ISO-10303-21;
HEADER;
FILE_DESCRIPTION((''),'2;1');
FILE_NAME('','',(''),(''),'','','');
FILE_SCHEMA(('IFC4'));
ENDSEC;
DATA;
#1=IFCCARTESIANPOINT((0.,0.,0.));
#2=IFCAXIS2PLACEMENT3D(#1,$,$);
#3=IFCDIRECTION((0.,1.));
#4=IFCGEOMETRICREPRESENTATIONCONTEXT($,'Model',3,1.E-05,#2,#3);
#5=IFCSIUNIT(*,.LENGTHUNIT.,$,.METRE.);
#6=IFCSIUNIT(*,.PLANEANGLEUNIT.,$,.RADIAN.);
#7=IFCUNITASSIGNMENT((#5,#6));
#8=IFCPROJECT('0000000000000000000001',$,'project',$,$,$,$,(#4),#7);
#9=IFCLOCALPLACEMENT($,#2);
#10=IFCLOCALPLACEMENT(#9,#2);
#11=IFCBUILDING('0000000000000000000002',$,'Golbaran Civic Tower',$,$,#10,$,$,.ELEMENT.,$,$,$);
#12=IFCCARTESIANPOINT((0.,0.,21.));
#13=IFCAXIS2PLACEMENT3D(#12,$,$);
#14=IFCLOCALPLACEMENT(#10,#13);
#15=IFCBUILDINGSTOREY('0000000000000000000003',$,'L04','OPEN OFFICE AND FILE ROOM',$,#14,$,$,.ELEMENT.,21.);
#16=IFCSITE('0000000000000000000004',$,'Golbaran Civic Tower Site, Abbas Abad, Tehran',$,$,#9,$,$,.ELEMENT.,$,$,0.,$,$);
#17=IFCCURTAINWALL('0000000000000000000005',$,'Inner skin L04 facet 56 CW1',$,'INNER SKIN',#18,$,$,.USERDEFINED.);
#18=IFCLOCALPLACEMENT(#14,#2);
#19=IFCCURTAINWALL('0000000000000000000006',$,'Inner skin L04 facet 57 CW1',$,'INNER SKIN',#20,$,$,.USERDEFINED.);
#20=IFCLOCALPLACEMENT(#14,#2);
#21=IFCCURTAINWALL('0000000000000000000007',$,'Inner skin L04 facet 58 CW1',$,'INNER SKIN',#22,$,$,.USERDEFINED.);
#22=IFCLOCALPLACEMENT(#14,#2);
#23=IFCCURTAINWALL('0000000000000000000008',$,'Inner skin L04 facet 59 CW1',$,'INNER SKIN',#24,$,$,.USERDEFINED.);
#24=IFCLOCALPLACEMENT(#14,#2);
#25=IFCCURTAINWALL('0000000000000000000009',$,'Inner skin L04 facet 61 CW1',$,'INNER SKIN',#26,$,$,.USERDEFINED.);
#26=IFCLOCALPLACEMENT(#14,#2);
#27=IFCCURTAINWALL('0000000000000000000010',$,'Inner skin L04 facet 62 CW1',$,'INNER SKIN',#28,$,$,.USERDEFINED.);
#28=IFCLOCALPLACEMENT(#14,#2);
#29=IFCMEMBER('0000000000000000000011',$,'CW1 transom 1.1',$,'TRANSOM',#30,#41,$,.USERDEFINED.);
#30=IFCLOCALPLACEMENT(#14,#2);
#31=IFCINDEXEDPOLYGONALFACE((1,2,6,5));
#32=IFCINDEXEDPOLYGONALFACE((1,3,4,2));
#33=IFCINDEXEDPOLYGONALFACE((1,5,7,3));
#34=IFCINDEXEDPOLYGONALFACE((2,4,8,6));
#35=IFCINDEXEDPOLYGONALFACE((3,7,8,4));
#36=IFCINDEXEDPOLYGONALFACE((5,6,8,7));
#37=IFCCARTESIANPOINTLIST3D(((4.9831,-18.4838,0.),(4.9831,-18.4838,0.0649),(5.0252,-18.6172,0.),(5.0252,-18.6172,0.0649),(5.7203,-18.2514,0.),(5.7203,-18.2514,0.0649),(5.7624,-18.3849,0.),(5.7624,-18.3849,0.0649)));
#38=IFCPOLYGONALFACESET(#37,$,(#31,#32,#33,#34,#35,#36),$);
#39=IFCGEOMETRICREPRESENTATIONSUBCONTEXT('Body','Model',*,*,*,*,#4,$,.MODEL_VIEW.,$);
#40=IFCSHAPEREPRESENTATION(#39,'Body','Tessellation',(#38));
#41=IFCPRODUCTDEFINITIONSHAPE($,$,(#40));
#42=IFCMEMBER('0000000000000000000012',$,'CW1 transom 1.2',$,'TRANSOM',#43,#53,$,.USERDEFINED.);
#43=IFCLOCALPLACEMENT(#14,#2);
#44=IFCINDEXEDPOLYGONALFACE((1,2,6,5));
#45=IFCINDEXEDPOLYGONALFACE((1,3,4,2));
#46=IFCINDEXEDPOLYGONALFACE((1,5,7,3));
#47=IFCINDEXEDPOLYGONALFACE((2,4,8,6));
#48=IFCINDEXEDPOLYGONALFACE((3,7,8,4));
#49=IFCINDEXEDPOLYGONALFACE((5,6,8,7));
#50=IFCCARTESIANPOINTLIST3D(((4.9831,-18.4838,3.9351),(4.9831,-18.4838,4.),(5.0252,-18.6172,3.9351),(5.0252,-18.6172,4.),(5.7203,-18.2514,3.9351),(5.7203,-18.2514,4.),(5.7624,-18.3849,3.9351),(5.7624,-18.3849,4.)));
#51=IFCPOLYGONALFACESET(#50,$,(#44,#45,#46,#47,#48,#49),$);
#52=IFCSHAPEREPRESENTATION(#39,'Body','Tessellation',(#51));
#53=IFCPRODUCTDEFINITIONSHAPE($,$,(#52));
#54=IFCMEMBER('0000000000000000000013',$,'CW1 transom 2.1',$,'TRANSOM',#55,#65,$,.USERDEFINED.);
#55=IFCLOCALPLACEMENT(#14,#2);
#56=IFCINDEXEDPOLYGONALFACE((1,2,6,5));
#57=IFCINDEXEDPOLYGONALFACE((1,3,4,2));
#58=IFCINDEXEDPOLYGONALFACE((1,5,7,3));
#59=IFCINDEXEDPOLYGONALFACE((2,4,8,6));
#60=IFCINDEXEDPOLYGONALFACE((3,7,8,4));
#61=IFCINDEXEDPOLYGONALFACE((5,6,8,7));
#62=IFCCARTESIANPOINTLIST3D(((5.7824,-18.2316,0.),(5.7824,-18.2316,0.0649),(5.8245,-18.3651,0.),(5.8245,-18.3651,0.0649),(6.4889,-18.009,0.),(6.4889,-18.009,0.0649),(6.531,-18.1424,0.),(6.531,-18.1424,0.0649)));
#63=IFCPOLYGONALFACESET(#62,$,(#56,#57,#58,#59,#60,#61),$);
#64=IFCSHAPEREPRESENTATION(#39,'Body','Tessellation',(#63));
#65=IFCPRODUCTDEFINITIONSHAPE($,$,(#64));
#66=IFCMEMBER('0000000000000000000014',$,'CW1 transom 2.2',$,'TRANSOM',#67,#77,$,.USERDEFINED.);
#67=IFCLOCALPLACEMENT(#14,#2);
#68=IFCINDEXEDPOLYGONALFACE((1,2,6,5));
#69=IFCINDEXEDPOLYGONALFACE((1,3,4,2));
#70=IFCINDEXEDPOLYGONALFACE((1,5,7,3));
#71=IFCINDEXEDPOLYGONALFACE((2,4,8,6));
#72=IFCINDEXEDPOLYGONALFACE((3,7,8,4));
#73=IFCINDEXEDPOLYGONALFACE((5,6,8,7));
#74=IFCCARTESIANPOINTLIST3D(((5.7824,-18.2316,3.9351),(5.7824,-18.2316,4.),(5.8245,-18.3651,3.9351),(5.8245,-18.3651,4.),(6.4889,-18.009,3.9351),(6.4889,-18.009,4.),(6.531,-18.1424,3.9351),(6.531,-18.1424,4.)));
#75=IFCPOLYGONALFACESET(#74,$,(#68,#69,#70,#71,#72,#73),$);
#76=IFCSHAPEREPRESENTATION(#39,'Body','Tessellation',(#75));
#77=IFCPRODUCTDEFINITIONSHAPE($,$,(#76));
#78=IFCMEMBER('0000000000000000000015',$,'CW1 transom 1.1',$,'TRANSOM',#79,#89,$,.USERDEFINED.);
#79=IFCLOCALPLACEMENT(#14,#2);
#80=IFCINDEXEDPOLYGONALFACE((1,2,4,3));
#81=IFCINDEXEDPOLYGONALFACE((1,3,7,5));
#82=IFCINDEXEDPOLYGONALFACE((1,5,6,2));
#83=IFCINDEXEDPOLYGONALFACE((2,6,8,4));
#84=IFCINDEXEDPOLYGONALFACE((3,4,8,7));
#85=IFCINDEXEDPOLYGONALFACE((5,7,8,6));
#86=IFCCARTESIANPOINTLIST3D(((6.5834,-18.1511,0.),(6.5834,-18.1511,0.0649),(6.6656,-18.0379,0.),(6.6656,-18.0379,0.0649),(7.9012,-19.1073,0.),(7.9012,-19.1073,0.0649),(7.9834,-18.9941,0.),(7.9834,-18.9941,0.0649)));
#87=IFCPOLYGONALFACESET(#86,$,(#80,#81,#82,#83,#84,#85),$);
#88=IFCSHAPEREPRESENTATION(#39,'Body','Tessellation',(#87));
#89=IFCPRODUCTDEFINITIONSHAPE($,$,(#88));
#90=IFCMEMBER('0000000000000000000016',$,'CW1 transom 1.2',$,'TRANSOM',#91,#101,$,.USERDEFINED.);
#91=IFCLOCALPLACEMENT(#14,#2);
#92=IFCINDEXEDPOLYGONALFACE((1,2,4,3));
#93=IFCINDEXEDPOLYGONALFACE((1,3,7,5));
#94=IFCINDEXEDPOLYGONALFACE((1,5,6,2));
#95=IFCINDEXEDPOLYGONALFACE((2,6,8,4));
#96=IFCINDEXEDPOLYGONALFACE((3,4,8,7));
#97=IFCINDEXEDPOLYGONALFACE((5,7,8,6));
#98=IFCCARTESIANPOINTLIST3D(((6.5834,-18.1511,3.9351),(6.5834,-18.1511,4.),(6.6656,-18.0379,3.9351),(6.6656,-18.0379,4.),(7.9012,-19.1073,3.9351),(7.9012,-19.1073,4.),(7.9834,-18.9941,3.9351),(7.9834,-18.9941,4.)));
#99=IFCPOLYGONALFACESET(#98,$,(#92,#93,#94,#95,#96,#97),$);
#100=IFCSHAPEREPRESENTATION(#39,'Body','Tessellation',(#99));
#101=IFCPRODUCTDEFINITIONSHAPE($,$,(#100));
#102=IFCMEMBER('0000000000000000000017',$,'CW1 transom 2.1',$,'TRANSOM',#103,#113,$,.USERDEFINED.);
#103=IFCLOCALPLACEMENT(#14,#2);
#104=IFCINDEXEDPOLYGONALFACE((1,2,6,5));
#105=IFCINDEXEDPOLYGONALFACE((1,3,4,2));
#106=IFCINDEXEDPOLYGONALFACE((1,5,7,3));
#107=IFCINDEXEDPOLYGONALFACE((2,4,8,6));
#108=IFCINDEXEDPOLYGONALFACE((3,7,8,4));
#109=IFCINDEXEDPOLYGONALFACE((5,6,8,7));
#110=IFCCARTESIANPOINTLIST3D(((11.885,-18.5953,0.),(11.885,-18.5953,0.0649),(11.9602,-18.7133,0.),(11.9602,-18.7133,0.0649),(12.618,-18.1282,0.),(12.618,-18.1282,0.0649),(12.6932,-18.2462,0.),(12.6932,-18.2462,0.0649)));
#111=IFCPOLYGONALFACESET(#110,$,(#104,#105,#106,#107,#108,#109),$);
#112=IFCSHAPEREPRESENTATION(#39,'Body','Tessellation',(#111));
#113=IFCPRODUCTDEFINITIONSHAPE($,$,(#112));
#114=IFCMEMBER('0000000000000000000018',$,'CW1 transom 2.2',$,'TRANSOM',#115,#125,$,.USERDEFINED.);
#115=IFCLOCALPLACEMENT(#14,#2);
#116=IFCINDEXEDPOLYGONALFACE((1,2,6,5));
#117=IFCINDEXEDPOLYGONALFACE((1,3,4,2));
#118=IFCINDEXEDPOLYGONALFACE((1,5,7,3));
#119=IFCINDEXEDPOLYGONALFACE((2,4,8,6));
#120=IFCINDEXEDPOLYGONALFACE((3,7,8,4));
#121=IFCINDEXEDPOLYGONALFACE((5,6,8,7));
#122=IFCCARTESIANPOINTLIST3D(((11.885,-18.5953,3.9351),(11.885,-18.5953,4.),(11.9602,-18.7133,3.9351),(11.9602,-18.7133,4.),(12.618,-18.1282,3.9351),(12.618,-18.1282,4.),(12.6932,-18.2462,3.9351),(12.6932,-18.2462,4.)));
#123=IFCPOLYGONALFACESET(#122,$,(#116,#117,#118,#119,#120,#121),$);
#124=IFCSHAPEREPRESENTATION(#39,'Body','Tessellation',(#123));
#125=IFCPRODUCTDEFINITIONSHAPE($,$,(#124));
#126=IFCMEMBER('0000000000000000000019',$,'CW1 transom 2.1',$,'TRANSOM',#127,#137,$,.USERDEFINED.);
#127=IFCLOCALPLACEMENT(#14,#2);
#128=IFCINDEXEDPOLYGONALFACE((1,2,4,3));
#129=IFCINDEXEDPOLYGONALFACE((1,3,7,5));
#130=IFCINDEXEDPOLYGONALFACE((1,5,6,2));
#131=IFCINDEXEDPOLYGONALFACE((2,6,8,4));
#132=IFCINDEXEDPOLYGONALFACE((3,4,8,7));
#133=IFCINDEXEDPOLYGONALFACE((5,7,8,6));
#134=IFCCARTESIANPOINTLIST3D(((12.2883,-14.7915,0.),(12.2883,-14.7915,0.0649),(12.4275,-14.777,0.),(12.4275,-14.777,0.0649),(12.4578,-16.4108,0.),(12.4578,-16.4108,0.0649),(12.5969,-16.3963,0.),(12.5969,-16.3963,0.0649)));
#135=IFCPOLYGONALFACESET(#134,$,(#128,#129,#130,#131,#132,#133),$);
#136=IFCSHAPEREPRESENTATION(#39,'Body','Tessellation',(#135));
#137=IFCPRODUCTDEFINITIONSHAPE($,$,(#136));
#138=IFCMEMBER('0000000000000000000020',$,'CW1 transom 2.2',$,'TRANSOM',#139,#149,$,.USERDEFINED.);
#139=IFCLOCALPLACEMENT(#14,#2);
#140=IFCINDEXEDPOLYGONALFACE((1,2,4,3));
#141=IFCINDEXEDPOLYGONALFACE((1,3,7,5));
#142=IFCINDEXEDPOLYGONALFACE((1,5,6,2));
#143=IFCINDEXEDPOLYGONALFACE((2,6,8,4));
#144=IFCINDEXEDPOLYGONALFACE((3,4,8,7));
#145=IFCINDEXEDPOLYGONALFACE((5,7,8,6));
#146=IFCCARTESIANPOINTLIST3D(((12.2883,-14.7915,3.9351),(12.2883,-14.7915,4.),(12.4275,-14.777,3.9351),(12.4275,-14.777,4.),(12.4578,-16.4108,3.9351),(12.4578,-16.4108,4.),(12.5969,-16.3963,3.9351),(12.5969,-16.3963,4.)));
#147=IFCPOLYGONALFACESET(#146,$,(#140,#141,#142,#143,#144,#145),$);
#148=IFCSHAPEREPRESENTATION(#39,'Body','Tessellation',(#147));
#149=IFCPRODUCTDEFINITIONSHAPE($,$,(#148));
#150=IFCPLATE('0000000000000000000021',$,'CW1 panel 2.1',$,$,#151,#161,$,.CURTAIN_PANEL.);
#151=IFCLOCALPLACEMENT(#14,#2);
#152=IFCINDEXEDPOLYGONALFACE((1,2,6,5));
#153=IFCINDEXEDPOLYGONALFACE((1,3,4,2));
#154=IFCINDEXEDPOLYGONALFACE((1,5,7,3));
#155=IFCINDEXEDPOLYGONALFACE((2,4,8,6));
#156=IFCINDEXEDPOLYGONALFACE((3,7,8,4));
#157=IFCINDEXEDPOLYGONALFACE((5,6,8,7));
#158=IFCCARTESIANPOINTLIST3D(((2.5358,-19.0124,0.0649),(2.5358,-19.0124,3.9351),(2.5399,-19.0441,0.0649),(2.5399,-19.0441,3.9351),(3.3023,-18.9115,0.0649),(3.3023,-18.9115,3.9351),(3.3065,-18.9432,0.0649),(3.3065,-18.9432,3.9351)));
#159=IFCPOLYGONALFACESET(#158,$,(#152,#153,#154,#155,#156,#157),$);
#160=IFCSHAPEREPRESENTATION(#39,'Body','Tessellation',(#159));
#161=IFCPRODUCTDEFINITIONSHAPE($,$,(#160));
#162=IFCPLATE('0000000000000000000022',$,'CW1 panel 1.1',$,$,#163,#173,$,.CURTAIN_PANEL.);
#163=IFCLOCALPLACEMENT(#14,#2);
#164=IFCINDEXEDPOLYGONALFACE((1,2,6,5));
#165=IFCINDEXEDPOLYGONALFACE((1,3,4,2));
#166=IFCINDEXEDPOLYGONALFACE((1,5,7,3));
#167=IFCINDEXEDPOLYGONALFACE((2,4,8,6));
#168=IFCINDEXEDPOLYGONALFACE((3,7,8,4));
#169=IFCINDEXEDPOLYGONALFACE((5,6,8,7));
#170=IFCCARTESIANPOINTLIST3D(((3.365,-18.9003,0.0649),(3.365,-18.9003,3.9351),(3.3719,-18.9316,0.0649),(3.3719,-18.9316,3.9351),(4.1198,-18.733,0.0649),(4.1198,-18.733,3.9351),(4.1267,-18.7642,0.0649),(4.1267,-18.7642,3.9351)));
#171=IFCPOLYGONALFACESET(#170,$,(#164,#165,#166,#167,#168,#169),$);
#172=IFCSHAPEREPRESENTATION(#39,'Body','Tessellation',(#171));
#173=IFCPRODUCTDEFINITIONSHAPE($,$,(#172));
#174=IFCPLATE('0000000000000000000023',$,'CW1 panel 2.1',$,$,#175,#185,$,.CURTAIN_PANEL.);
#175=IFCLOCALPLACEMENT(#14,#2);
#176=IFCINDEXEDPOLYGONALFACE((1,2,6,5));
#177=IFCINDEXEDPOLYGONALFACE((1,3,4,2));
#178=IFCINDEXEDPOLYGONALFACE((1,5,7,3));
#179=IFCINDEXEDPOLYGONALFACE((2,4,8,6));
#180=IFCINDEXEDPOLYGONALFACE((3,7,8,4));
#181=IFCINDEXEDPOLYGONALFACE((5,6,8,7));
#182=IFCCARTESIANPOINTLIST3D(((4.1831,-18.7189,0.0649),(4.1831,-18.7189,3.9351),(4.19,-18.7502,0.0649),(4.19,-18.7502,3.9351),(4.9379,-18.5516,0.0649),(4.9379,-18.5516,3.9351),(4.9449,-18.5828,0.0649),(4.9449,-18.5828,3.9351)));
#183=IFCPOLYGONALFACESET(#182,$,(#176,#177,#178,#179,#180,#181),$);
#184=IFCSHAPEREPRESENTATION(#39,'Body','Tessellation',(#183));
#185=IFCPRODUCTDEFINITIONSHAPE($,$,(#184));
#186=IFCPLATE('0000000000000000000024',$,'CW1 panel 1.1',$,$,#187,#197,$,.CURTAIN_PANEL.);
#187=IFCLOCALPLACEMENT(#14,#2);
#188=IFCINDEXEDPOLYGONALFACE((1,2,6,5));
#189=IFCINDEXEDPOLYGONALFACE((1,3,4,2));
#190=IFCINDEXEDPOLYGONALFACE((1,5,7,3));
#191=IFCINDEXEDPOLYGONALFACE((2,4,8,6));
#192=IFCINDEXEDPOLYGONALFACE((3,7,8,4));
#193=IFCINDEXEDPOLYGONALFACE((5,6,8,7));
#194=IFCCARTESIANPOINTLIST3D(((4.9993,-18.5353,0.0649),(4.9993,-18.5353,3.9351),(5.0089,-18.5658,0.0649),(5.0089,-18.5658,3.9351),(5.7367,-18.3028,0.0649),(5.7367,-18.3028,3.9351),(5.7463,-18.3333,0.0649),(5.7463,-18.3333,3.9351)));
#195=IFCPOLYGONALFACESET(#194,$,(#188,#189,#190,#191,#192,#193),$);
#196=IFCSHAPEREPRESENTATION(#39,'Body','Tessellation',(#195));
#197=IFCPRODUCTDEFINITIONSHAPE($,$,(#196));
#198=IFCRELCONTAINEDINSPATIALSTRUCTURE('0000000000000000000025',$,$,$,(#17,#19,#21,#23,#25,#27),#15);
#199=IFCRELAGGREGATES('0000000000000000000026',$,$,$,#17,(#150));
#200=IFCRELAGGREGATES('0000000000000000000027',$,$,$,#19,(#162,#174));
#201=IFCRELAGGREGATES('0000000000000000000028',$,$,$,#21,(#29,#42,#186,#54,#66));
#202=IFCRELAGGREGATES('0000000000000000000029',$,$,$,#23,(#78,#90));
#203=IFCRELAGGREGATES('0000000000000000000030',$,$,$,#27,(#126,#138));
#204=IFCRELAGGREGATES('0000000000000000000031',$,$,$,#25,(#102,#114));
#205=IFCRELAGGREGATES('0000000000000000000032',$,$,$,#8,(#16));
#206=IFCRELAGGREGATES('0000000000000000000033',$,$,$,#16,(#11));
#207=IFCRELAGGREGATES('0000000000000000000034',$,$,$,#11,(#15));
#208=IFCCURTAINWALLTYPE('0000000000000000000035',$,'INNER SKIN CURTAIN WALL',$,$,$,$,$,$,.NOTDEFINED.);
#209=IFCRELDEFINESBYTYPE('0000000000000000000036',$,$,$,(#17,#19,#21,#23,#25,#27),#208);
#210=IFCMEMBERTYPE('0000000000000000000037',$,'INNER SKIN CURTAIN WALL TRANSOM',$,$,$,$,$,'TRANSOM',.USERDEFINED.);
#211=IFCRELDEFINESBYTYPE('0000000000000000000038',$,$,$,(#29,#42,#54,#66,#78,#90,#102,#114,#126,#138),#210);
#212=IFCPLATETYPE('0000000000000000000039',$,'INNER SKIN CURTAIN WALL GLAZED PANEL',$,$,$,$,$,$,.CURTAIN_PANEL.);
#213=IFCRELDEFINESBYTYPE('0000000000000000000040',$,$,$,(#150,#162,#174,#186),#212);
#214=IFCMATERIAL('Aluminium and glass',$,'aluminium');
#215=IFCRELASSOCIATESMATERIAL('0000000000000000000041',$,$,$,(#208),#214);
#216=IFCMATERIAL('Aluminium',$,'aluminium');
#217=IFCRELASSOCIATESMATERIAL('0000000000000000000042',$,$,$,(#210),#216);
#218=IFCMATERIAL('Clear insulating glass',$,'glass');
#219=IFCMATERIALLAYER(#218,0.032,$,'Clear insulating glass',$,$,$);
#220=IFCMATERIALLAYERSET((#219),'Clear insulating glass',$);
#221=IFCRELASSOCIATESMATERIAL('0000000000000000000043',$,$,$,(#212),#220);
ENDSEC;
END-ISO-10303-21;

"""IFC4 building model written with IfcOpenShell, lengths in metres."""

from ifc_helpers import new_model, si_unit, direction, frame, origin, origin_2d, place, context, subcontext, project, spatial, rectangle, extrude, material, layer, layer_set, material_profile, profile_set, type_object, element, aggregate, save


model = new_model("IFC4")

# Units and contexts
model_context = context("Model", 3, precision=1e-05, world=origin(), true_north=direction((0.0, 1.0)))
body_context = subcontext(model_context, "Body", "Model", "MODEL_VIEW")
ifc_project = project(units=[si_unit("LENGTHUNIT", "METRE"), si_unit("PLANEANGLEUNIT", "RADIAN")], contexts=[model_context])

# Site, building, storey
site_placement = place(None, origin())
site = spatial("IfcSite", under=ifc_project, at=site_placement, Name="Golbaran Civic Tower Site, Abbas Abad, Tehran", CompositionType="ELEMENT", RefElevation=0.0)
building_placement = place(site_placement, origin())
building = spatial("IfcBuilding", under=site, at=building_placement, Name="Golbaran Civic Tower", CompositionType="ELEMENT")
storey_placement = place(building_placement, frame((0.0, 0.0, 21.0)))
storey = spatial("IfcBuildingStorey", under=building, at=storey_placement, Name="L04", Description="OPEN OFFICE AND FILE ROOM", CompositionType="ELEMENT", Elevation=21.0)

# Curtain wall
ifc_material_1 = material(Name="Aluminium and glass", Category="aluminium")
curtain_wall_type = type_object("IfcCurtainWallType", Name="INNER SKIN CURTAIN WALL", PredefinedType="NOTDEFINED", material=ifc_material_1)
curtain_wall_1_placement = place(storey_placement, origin())
curtain_wall_1 = element("IfcCurtainWall", 1, at=curtain_wall_1_placement, inside=storey, type_object=curtain_wall_type, Name="Inner skin L04 facet 56 CW1", ObjectType="INNER SKIN", PredefinedType="USERDEFINED")
ifc_material_2 = material(Name="Aluminium", Category="aluminium")

# Curtain walls
curtain_wall_2_placement = place(storey_placement, origin())
curtain_wall_2 = element("IfcCurtainWall", 2, at=curtain_wall_2_placement, inside=storey, type_object=curtain_wall_type, Name="Inner skin L04 facet 57 CW1", ObjectType="INNER SKIN", PredefinedType="USERDEFINED")
curtain_wall_3_placement = place(storey_placement, origin())
curtain_wall_3 = element("IfcCurtainWall", 3, at=curtain_wall_3_placement, inside=storey, type_object=curtain_wall_type, Name="Inner skin L04 facet 58 CW1", ObjectType="INNER SKIN", PredefinedType="USERDEFINED")

# Curtain walls
curtain_wall_4_placement = place(storey_placement, origin())
curtain_wall_4 = element("IfcCurtainWall", 4, at=curtain_wall_4_placement, inside=storey, type_object=curtain_wall_type, Name="Inner skin L04 facet 59 CW1", ObjectType="INNER SKIN", PredefinedType="USERDEFINED")
curtain_wall_5_placement = place(storey_placement, origin())
curtain_wall_5 = element("IfcCurtainWall", 5, at=curtain_wall_5_placement, inside=storey, type_object=curtain_wall_type, Name="Inner skin L04 facet 61 CW1", ObjectType="INNER SKIN", PredefinedType="USERDEFINED")
curtain_wall_6_placement = place(storey_placement, origin())
curtain_wall_6 = element("IfcCurtainWall", 6, at=curtain_wall_6_placement, inside=storey, type_object=curtain_wall_type, Name="Inner skin L04 facet 62 CW1", ObjectType="INNER SKIN", PredefinedType="USERDEFINED")

# Members
ifc_material_profile_1 = material_profile(ifc_material_2, rectangle(XDim=0.1399, YDim=0.0649, at=origin_2d()), Name="INNER SKIN CURTAIN WALL TRANSOM")
ifc_profile_set_1 = profile_set([ifc_material_profile_1], Name="Aluminium")
member_type_1 = type_object("IfcMemberType", Name="INNER SKIN CURTAIN WALL TRANSOM", ElementType="TRANSOM", PredefinedType="USERDEFINED", material=ifc_profile_set_1)
member_1_placement = place(storey_placement, frame((5.0042, -18.5505, 0.0325), z_axis=(0.953735, 0.300648, 0.0), x_axis=(-0.300648, 0.953735, 0.0)))
member_1 = element("IfcMember", 7, at=member_1_placement, type_object=member_type_1, Name="CW1 transom 1.1", ObjectType="TRANSOM", PredefinedType="USERDEFINED", context=body_context, shape_type="SweptSolid", body=[
    extrude(rectangle(XDim=0.1399, YDim=0.0649, at=origin_2d()), origin(), (0.0, 0.0, 1.0), 0.7729),
])
member_2_placement = place(storey_placement, frame((5.0042, -18.5505, 3.9675), z_axis=(0.953735, 0.300648, 0.0), x_axis=(-0.300648, 0.953735, 0.0)))
member_2 = element("IfcMember", 8, at=member_2_placement, type_object=member_type_1, Name="CW1 transom 1.2", ObjectType="TRANSOM", PredefinedType="USERDEFINED", context=body_context, shape_type="SweptSolid", body=[
    extrude(rectangle(XDim=0.1399, YDim=0.0649, at=origin_2d()), origin(), (0.0, 0.0, 1.0), 0.7729),
])
member_3_placement = place(storey_placement, frame((5.8035, -18.2983, 0.0325), z_axis=(0.953762, 0.300563, 0.0), x_axis=(-0.300563, 0.953762, 0.0)))
member_3 = element("IfcMember", 9, at=member_3_placement, type_object=member_type_1, Name="CW1 transom 2.1", ObjectType="TRANSOM", PredefinedType="USERDEFINED", context=body_context, shape_type="SweptSolid", body=[
    extrude(rectangle(XDim=0.1399, YDim=0.0649, at=origin_2d()), origin(), (0.0, 0.0, 1.0), 0.7407),
])
member_4_placement = place(storey_placement, frame((5.8035, -18.2983, 3.9675), z_axis=(0.953762, 0.300563, 0.0), x_axis=(-0.300563, 0.953762, 0.0)))
member_4 = element("IfcMember", 10, at=member_4_placement, type_object=member_type_1, Name="CW1 transom 2.2", ObjectType="TRANSOM", PredefinedType="USERDEFINED", context=body_context, shape_type="SweptSolid", body=[
    extrude(rectangle(XDim=0.1399, YDim=0.0649, at=origin_2d()), origin(), (0.0, 0.0, 1.0), 0.7407),
])
member_5_placement = place(storey_placement, frame((6.6245, -18.0945, 0.0325), z_axis=(0.809365, -0.587307, 0.0), x_axis=(0.587307, 0.809365, 0.0)))
member_5 = element("IfcMember", 11, at=member_5_placement, type_object=member_type_1, Name="CW1 transom 1.1", ObjectType="TRANSOM", PredefinedType="USERDEFINED", context=body_context, shape_type="SweptSolid", body=[
    extrude(rectangle(XDim=0.1399, YDim=0.0649, at=origin_2d()), origin(), (0.0, 0.0, 1.0), 1.6282),
])
member_6_placement = place(storey_placement, frame((6.6245, -18.0945, 3.9675), z_axis=(0.809365, -0.587307, 0.0), x_axis=(0.587307, 0.809365, 0.0)))
member_6 = element("IfcMember", 12, at=member_6_placement, type_object=member_type_1, Name="CW1 transom 1.2", ObjectType="TRANSOM", PredefinedType="USERDEFINED", context=body_context, shape_type="SweptSolid", body=[
    extrude(rectangle(XDim=0.1399, YDim=0.0649, at=origin_2d()), origin(), (0.0, 0.0, 1.0), 1.6282),
])
member_7_placement = place(storey_placement, frame((11.9226, -18.6543, 0.0325), z_axis=(0.843326, 0.537403, 0.0), x_axis=(-0.537403, 0.843326, 0.0)))
member_7 = element("IfcMember", 13, at=member_7_placement, type_object=member_type_1, Name="CW1 transom 2.1", ObjectType="TRANSOM", PredefinedType="USERDEFINED", context=body_context, shape_type="SweptSolid", body=[
    extrude(rectangle(XDim=0.1399, YDim=0.0649, at=origin_2d()), origin(), (0.0, 0.0, 1.0), 0.8691),
])
member_8_placement = place(storey_placement, frame((11.9226, -18.6543, 3.9675), z_axis=(0.843326, 0.537403, 0.0), x_axis=(-0.537403, 0.843326, 0.0)))
member_8 = element("IfcMember", 14, at=member_8_placement, type_object=member_type_1, Name="CW1 transom 2.2", ObjectType="TRANSOM", PredefinedType="USERDEFINED", context=body_context, shape_type="SweptSolid", body=[
    extrude(rectangle(XDim=0.1399, YDim=0.0649, at=origin_2d()), origin(), (0.0, 0.0, 1.0), 0.8691),
])
member_9_placement = place(storey_placement, frame((12.5273, -16.4036, 0.0325), z_axis=(-0.10406, 0.994571, 0.0), x_axis=(-0.994571, -0.10406, 0.0)))
member_9 = element("IfcMember", 15, at=member_9_placement, type_object=member_type_1, Name="CW1 transom 2.1", ObjectType="TRANSOM", PredefinedType="USERDEFINED", context=body_context, shape_type="SweptSolid", body=[
    extrude(rectangle(XDim=0.1399, YDim=0.0649, at=origin_2d()), origin(), (0.0, 0.0, 1.0), 1.6282),
])
member_10_placement = place(storey_placement, frame((12.5273, -16.4036, 3.9675), z_axis=(-0.10406, 0.994571, 0.0), x_axis=(-0.994571, -0.10406, 0.0)))
member_10 = element("IfcMember", 16, at=member_10_placement, type_object=member_type_1, Name="CW1 transom 2.2", ObjectType="TRANSOM", PredefinedType="USERDEFINED", context=body_context, shape_type="SweptSolid", body=[
    extrude(rectangle(XDim=0.1399, YDim=0.0649, at=origin_2d()), origin(), (0.0, 0.0, 1.0), 1.6282),
])

# Plates
ifc_material_3 = material(Name="Clear insulating glass", Category="glass")
ifc_layer_1 = layer(ifc_material_3, 0.032, Name="Clear insulating glass")
ifc_layer_set_1 = layer_set([ifc_layer_1], Name="Clear insulating glass")
plate_type_1 = type_object("IfcPlateType", Name="INNER SKIN CURTAIN WALL GLAZED PANEL", PredefinedType="CURTAIN_PANEL", material=ifc_layer_set_1)
plate_1_placement = place(storey_placement, frame((2.9211, -18.9778, 0.0649), z_axis=(0.0, 0.0, 1.0), x_axis=(0.991445, 0.130526, 0.0)))
plate_1 = element("IfcPlate", 17, at=plate_1_placement, type_object=plate_type_1, Name="CW1 panel 2.1", PredefinedType="CURTAIN_PANEL", context=body_context, shape_type="SweptSolid", body=[
    extrude(rectangle(XDim=0.7732, YDim=0.032, at=origin_2d()), origin(), (0.0, 0.0, 1.0), 3.8701),
])
aggregate(curtain_wall_1, [plate_1])
plate_2_placement = place(storey_placement, frame((3.7458, -18.8323, 0.0649), z_axis=(0.0, 0.0, 1.0), x_axis=(0.976296, 0.21644, 0.0)))
plate_2 = element("IfcPlate", 18, at=plate_2_placement, type_object=plate_type_1, Name="CW1 panel 1.1", PredefinedType="CURTAIN_PANEL", context=body_context, shape_type="SweptSolid", body=[
    extrude(rectangle(XDim=0.7732, YDim=0.032, at=origin_2d()), origin(), (0.0, 0.0, 1.0), 3.8701),
])
plate_3_placement = place(storey_placement, frame((4.564, -18.6509, 0.0649), z_axis=(0.0, 0.0, 1.0), x_axis=(0.976296, 0.21644, 0.0)))
plate_3 = element("IfcPlate", 19, at=plate_3_placement, type_object=plate_type_1, Name="CW1 panel 2.1", PredefinedType="CURTAIN_PANEL", context=body_context, shape_type="SweptSolid", body=[
    extrude(rectangle(XDim=0.7732, YDim=0.032, at=origin_2d()), origin(), (0.0, 0.0, 1.0), 3.8701),
])
aggregate(curtain_wall_2, [plate_2, plate_3])
plate_4_placement = place(storey_placement, frame((5.3728, -18.4343, 0.0649), z_axis=(0.0, 0.0, 1.0), x_axis=(0.953717, 0.300706, 0.0)))
plate_4 = element("IfcPlate", 20, at=plate_4_placement, type_object=plate_type_1, Name="CW1 panel 1.1", PredefinedType="CURTAIN_PANEL", context=body_context, shape_type="SweptSolid", body=[
    extrude(rectangle(XDim=0.7732, YDim=0.032, at=origin_2d()), origin(), (0.0, 0.0, 1.0), 3.8701),
])
aggregate(curtain_wall_3, [member_1, member_2, plate_4, member_3, member_4])
aggregate(curtain_wall_4, [member_5, member_6])
aggregate(curtain_wall_6, [member_9, member_10])
aggregate(curtain_wall_5, [member_7, member_8])

save(model, "model.ifc")
